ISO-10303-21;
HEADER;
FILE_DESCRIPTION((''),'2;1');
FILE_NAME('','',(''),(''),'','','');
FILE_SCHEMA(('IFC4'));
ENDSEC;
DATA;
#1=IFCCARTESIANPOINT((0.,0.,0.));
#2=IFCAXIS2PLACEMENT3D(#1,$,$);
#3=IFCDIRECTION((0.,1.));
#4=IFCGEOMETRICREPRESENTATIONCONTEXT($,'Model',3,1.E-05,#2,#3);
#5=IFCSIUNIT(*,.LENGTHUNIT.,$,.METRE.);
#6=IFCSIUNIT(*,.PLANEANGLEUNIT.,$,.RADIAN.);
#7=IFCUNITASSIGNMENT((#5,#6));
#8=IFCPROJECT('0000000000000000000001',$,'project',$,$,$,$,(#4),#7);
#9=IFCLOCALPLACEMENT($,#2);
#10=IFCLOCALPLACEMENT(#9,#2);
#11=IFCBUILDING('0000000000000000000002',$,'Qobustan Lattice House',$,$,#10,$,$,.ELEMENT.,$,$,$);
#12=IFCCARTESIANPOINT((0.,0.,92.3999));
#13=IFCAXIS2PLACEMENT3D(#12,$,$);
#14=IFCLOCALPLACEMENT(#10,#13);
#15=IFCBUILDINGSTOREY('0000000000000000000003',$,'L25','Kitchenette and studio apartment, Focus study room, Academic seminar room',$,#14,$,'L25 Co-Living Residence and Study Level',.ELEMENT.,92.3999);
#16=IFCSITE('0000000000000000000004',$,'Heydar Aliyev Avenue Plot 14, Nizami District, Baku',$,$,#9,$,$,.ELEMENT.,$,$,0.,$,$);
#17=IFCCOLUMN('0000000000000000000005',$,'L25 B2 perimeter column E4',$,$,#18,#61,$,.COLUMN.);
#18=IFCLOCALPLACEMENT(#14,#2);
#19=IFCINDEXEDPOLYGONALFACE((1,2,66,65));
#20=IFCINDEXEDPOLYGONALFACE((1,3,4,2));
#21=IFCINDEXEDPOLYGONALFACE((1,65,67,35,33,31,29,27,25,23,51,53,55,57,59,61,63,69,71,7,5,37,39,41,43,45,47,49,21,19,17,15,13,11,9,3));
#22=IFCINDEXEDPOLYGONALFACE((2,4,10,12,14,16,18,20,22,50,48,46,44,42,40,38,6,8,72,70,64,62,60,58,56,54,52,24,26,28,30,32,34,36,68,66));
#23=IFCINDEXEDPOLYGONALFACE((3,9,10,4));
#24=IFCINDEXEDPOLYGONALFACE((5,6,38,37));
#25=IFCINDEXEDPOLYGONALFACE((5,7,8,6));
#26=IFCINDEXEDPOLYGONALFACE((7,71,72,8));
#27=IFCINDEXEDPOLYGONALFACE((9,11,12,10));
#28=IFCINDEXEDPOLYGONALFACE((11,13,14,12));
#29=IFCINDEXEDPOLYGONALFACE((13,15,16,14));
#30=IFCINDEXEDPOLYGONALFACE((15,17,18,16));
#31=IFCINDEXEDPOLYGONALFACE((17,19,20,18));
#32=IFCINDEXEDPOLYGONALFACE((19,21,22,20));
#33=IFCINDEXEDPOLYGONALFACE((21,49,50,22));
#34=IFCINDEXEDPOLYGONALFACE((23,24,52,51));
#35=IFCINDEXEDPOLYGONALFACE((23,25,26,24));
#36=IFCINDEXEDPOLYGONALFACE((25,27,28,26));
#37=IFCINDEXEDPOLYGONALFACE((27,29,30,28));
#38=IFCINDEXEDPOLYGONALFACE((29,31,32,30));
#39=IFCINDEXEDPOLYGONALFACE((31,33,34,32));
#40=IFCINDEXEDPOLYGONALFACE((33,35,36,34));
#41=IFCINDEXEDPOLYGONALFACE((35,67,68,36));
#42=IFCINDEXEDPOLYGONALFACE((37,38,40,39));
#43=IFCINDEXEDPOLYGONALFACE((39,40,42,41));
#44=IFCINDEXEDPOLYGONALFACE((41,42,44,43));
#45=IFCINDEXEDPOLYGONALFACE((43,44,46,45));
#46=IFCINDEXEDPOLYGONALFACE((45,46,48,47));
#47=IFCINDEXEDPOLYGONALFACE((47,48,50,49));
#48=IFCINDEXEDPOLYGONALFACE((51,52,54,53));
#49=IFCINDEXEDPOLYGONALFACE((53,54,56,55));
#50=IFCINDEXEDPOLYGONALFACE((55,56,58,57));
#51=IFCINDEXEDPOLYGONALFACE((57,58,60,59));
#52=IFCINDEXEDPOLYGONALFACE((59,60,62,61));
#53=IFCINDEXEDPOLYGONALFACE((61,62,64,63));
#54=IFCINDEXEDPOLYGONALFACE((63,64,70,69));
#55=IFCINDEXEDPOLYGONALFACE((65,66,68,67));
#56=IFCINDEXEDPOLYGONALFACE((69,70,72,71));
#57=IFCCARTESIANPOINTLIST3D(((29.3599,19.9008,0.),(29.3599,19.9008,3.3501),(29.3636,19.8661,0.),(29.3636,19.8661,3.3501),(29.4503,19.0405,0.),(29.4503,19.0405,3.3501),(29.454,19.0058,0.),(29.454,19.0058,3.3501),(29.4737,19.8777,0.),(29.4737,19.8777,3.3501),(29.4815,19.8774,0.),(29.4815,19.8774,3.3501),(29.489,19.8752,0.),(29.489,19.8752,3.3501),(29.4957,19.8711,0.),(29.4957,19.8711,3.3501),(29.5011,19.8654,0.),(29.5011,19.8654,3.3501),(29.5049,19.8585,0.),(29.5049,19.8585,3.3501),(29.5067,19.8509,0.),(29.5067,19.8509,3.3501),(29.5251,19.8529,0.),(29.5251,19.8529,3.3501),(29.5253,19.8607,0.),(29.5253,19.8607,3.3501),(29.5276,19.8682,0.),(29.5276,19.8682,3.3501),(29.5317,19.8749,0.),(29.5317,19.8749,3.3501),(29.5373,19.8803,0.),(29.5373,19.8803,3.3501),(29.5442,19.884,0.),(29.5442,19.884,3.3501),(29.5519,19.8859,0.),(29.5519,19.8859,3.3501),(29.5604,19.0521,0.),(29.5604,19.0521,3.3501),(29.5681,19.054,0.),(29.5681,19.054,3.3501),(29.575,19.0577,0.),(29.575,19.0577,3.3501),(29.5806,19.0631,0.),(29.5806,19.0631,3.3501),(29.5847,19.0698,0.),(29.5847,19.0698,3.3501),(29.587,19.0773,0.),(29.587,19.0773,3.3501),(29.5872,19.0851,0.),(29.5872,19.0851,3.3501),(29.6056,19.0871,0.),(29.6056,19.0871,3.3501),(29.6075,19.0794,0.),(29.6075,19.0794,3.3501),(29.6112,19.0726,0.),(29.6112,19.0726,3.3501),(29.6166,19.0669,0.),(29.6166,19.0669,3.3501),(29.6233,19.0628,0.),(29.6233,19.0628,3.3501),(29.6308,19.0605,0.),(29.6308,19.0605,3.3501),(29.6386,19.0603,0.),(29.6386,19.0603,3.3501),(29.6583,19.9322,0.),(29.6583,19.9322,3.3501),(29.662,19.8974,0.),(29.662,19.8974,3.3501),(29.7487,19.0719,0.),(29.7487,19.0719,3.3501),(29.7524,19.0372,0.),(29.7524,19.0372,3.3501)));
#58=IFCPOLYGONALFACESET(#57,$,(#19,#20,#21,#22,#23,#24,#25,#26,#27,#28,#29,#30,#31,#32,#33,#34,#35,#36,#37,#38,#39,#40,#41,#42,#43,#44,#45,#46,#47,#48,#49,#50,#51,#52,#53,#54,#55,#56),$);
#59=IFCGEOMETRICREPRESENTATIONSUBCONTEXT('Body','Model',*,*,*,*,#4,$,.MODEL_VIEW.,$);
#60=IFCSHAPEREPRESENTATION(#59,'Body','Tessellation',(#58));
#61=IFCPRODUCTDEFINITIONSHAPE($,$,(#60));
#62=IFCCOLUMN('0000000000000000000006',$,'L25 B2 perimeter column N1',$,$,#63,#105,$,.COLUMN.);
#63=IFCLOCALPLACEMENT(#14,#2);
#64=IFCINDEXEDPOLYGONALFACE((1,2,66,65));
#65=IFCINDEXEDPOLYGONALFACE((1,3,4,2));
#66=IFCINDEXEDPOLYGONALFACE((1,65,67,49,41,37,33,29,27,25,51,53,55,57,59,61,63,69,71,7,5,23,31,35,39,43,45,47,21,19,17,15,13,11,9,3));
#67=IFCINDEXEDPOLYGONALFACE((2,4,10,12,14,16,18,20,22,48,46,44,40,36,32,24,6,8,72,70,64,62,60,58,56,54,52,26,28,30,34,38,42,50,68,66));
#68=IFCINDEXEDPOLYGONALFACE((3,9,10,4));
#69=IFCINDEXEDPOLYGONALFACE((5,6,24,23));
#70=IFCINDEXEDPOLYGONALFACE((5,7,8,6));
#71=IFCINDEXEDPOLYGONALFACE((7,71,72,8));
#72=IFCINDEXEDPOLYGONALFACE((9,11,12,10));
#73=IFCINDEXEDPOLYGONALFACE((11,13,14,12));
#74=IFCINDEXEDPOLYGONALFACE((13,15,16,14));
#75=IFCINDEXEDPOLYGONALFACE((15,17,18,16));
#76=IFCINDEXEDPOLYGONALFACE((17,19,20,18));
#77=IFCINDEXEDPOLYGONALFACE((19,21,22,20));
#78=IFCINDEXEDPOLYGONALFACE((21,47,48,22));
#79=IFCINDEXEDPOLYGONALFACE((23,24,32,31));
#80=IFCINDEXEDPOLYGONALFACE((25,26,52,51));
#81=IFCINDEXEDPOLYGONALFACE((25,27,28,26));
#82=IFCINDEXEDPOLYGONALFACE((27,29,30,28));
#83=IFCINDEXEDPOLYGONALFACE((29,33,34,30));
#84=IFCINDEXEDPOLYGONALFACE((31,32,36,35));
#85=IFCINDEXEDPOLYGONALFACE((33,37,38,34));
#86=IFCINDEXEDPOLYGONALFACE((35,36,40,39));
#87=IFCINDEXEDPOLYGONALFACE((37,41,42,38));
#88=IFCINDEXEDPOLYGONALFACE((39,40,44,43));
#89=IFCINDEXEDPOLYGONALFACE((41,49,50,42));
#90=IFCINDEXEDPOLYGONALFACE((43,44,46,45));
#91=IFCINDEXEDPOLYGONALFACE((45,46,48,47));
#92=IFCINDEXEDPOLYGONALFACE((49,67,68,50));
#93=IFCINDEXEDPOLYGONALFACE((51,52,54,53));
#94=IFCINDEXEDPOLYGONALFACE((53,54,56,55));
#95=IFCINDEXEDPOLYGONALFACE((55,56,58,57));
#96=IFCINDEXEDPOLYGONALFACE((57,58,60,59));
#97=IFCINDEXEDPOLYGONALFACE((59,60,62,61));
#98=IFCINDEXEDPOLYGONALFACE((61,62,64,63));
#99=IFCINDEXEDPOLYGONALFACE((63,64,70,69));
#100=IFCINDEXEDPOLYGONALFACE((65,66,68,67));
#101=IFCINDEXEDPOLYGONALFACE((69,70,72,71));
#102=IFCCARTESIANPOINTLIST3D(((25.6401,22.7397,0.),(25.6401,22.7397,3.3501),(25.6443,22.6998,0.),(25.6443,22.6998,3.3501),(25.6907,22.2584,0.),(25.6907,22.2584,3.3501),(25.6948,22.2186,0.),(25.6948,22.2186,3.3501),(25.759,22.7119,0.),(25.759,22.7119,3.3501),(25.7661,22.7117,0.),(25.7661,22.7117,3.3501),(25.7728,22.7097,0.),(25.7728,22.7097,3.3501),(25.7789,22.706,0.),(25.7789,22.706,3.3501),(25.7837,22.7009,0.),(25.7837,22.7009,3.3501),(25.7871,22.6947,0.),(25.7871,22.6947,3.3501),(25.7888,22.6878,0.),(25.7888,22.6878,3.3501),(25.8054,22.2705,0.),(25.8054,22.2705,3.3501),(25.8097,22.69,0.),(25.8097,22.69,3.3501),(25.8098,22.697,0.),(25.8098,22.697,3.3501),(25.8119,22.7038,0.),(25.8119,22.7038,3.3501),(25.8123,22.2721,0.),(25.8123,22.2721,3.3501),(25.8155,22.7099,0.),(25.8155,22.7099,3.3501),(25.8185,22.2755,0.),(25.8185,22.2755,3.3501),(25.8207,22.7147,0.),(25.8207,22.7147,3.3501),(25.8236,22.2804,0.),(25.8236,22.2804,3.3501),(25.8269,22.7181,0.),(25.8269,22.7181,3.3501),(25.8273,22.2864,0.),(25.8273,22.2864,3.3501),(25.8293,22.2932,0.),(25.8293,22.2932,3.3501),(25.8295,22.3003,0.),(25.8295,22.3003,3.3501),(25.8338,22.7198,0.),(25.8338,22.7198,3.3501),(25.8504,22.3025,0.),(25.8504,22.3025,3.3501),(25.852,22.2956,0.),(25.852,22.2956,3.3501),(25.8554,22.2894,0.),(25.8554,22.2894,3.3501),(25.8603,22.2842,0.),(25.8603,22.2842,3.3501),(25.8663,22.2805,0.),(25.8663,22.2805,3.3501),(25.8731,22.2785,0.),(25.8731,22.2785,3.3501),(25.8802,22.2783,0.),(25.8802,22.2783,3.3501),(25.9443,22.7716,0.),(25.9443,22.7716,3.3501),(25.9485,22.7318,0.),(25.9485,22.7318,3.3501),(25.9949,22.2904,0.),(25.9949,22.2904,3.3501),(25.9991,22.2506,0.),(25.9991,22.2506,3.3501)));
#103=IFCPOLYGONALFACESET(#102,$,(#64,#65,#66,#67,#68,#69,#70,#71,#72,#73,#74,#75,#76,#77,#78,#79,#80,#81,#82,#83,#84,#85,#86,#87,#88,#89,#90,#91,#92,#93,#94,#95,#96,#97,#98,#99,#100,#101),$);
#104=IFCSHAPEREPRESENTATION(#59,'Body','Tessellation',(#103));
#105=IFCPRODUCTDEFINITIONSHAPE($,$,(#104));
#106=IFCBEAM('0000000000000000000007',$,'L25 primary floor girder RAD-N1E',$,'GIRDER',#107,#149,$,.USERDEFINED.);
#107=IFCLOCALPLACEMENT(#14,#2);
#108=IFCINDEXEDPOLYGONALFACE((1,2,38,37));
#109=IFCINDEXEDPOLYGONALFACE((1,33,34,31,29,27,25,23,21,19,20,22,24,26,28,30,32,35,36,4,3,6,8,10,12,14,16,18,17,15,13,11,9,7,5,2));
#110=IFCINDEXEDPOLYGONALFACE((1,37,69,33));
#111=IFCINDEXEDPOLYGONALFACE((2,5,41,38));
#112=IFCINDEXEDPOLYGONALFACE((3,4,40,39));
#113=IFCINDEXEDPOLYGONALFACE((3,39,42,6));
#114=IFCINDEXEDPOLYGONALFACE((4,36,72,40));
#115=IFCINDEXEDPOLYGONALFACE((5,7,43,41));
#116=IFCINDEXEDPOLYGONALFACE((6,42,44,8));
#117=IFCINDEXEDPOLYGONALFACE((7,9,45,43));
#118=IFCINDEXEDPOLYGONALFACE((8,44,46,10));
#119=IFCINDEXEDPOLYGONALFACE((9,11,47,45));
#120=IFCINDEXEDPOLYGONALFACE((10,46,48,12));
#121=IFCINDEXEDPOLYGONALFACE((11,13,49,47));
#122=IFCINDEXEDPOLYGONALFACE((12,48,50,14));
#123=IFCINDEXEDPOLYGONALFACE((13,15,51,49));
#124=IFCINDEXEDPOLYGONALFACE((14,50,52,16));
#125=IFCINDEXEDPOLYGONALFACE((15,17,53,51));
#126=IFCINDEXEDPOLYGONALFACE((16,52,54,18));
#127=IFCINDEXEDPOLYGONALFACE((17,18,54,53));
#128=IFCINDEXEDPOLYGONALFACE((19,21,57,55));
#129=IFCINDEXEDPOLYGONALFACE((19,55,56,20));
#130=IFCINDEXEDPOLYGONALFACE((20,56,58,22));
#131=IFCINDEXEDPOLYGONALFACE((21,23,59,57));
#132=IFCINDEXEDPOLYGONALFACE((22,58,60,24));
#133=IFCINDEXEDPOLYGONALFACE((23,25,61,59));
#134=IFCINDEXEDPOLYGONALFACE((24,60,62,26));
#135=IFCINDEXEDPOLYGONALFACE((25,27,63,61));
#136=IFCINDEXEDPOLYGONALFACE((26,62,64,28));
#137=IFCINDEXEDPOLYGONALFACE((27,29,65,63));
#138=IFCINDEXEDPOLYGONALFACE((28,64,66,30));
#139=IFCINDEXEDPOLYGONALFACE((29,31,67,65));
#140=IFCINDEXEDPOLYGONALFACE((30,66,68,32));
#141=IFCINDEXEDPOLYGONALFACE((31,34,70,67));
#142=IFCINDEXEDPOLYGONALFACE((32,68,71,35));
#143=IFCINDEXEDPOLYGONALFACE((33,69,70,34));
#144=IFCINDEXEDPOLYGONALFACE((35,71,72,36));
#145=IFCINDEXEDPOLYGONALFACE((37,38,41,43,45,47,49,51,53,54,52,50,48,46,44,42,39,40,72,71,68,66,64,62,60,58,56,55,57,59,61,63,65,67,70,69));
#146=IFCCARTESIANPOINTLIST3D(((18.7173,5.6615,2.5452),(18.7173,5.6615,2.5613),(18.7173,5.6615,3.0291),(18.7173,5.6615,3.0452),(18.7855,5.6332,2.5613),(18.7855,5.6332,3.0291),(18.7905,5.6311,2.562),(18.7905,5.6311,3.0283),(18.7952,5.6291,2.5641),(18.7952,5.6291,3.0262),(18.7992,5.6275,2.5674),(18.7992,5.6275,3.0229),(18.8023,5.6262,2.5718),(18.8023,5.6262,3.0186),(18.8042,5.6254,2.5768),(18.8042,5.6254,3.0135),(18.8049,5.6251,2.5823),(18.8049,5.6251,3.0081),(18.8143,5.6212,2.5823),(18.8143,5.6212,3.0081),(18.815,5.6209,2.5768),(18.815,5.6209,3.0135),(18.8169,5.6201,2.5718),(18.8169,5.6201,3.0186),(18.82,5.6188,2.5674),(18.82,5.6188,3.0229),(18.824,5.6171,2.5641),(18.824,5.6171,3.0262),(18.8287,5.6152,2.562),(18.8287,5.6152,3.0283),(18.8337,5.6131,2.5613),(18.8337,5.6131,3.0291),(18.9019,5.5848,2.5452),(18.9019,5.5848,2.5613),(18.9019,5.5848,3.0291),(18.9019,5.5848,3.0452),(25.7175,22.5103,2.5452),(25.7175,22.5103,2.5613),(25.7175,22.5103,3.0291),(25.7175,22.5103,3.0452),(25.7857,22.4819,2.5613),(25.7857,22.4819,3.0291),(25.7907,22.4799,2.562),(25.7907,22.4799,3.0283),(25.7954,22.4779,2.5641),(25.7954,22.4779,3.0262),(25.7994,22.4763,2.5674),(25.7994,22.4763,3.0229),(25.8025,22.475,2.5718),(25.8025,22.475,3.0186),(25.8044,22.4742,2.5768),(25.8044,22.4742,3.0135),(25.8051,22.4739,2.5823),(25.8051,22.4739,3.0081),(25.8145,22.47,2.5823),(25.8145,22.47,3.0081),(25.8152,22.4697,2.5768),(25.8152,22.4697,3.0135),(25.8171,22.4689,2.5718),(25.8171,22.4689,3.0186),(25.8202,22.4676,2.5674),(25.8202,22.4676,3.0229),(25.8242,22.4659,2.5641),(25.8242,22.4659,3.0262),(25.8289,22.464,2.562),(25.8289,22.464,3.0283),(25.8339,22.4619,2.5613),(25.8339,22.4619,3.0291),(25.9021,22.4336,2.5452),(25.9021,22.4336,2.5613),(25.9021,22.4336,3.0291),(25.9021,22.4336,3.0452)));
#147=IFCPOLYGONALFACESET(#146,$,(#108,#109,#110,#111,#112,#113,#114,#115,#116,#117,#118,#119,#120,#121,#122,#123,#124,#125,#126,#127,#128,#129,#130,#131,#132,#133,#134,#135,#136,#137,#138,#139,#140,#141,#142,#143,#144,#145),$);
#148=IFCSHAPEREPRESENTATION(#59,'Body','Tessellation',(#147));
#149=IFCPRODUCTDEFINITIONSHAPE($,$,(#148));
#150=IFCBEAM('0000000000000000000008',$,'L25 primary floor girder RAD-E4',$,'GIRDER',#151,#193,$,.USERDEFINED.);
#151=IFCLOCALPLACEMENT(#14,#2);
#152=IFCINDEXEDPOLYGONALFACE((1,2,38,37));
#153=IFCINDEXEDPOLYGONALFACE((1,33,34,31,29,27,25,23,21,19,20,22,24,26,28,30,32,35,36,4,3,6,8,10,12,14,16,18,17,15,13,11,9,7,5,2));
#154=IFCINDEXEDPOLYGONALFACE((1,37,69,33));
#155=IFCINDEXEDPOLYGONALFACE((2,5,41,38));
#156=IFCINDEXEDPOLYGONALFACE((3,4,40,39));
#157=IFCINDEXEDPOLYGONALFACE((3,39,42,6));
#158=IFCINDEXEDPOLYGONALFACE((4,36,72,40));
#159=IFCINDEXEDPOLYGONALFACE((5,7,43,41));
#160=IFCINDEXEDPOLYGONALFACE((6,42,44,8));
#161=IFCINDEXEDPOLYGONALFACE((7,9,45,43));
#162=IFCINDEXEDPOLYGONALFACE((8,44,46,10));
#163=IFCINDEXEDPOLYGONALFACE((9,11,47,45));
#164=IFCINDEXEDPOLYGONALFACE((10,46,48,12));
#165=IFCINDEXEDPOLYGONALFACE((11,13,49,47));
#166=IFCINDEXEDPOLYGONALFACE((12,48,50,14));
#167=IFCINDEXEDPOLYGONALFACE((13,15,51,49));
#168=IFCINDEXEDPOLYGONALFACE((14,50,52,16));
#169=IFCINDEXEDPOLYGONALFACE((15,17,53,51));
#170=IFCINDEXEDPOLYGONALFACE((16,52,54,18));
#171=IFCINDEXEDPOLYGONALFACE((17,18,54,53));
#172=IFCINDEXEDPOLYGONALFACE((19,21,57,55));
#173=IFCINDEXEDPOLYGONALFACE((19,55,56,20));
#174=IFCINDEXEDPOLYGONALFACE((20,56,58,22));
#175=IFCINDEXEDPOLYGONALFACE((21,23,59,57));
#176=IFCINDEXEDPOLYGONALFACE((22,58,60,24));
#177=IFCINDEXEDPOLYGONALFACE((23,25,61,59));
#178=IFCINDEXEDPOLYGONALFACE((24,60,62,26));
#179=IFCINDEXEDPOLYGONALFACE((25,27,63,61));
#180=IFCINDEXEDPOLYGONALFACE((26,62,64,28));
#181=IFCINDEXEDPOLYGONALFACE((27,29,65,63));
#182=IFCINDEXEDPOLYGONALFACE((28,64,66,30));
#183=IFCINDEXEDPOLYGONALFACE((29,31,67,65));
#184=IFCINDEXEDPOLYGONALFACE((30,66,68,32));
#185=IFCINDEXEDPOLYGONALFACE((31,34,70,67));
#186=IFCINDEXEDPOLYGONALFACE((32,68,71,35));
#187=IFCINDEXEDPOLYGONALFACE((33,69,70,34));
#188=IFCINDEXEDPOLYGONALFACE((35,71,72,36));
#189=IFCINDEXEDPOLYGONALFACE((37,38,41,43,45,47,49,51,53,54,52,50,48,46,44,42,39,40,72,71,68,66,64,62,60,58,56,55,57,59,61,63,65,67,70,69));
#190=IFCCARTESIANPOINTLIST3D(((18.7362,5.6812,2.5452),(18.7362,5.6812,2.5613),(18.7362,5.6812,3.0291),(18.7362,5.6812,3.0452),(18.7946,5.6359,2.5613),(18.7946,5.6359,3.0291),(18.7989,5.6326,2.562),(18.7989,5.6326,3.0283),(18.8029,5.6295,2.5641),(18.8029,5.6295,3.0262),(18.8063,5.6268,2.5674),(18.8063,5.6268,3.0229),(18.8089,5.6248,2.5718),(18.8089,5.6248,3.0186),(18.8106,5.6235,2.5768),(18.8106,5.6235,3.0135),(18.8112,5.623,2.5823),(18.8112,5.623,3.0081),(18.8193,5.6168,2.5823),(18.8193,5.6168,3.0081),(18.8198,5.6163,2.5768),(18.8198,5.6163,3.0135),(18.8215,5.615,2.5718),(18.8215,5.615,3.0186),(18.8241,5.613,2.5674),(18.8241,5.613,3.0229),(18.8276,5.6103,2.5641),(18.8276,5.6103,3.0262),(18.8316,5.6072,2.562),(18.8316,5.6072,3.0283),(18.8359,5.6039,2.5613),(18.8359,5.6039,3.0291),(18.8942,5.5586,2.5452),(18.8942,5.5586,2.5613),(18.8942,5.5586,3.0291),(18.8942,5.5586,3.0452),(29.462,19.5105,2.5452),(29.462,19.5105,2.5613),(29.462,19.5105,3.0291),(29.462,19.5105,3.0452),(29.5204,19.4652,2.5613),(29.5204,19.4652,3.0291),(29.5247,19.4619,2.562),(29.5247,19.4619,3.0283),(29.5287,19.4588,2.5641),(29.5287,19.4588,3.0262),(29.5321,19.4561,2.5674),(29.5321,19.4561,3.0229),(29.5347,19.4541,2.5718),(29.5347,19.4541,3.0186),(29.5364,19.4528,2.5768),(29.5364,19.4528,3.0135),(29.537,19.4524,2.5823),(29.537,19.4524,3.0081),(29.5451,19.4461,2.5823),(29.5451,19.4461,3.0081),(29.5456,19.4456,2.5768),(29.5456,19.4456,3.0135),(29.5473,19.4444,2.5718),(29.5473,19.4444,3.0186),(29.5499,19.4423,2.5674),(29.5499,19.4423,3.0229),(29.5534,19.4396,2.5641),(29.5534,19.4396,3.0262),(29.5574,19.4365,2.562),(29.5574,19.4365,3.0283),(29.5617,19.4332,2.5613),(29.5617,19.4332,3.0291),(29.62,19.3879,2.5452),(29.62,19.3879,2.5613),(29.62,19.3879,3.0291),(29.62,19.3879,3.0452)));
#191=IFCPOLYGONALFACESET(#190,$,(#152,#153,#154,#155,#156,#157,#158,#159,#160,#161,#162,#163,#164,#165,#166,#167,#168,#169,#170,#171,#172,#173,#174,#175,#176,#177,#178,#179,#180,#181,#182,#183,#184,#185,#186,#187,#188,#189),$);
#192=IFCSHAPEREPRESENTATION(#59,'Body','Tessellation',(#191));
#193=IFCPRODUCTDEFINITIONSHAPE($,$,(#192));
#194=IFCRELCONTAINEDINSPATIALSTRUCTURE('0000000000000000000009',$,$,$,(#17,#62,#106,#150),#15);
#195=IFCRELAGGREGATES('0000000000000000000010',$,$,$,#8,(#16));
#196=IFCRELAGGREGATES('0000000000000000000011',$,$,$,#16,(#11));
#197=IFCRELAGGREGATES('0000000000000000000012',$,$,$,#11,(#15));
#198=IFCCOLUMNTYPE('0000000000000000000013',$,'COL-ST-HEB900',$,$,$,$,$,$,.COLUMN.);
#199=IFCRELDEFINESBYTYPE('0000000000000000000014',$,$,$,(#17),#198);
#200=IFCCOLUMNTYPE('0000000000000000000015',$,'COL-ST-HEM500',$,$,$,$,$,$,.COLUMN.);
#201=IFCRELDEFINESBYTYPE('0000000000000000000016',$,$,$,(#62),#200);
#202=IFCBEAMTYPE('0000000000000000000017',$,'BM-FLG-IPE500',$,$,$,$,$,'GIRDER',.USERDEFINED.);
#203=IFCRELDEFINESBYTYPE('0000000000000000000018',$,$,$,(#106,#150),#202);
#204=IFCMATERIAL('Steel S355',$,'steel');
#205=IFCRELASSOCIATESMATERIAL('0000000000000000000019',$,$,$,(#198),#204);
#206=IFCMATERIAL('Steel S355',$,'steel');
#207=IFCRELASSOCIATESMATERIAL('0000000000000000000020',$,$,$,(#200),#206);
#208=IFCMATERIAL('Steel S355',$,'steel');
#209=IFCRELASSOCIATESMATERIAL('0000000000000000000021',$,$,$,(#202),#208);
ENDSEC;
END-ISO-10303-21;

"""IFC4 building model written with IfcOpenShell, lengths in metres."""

from ifc_helpers import new_model, si_unit, direction, frame, origin, origin_2d, place, context, subcontext, project, spatial, i_section, extrude, material, material_profile, profile_set, type_object, element, save


model = new_model("IFC4")

# Units and contexts
model_context = context("Model", 3, precision=1e-05, world=origin(), true_north=direction((0.0, 1.0)))
body_context = subcontext(model_context, "Body", "Model", "MODEL_VIEW")
ifc_project = project(units=[si_unit("LENGTHUNIT", "METRE"), si_unit("PLANEANGLEUNIT", "RADIAN")], contexts=[model_context])

# Site, building, storey
site_placement = place(None, origin())
site = spatial("IfcSite", under=ifc_project, at=site_placement, Name="Heydar Aliyev Avenue Plot 14, Nizami District, Baku", CompositionType="ELEMENT", RefElevation=0.0)
building_placement = place(site_placement, origin())
building = spatial("IfcBuilding", under=site, at=building_placement, Name="Qobustan Lattice House", CompositionType="ELEMENT")
storey_placement = place(building_placement, frame((0.0, 0.0, 92.3999)))
storey = spatial("IfcBuildingStorey", under=building, at=storey_placement, Name="L25", Description="Kitchenette and studio apartment, Focus study room, Academic seminar room", LongName="L25 Co-Living Residence and Study Level", CompositionType="ELEMENT", Elevation=92.3999)

# Columns
ifc_material_1 = material(Name="Steel S355", Category="steel")
ifc_material_profile_1 = material_profile(ifc_material_1, i_section(OverallWidth=0.3, OverallDepth=0.8999, WebThickness=0.0186, FlangeThickness=0.0349, FilletRadius=0.03, at=origin_2d()), Name="HEB900")
ifc_profile_set_1 = profile_set([ifc_material_profile_1], Name="Steel S355")
column_type_1 = type_object("IfcColumnType", Name="COL-ST-HEB900", PredefinedType="COLUMN", material=ifc_profile_set_1)
column_1_placement = place(storey_placement, frame((29.5562, 19.469, 0.0), z_axis=(0.0, 0.0, 1.0), x_axis=(0.994522, 0.104528, 0.0)))
element("IfcColumn", 1, at=column_1_placement, inside=storey, type_object=column_type_1, Name="L25 B2 perimeter column E4", PredefinedType="COLUMN", context=body_context, shape_type="SweptSolid", body=[
    extrude(i_section(OverallWidth=0.3, OverallDepth=0.8999, WebThickness=0.0186, FlangeThickness=0.0349, FilletRadius=0.03, at=origin_2d()), origin(), (0.0, 0.0, 1.0), 3.3501),
])
ifc_material_2 = material(Name="Steel S355", Category="steel")
ifc_material_profile_2 = material_profile(ifc_material_2, i_section(OverallWidth=0.3059, OverallDepth=0.5239, WebThickness=0.021, FlangeThickness=0.04, FilletRadius=0.0271, at=origin_2d()), Name="HEM500")
ifc_profile_set_2 = profile_set([ifc_material_profile_2], Name="Steel S355")
column_type_2 = type_object("IfcColumnType", Name="COL-ST-HEM500", PredefinedType="COLUMN", material=ifc_profile_set_2)
column_2_placement = place(storey_placement, frame((25.8196, 22.4951, 0.0), z_axis=(0.0, 0.0, 1.0), x_axis=(0.994522, 0.104528, 0.0)))
element("IfcColumn", 2, at=column_2_placement, inside=storey, type_object=column_type_2, Name="L25 B2 perimeter column N1", PredefinedType="COLUMN", context=body_context, shape_type="SweptSolid", body=[
    extrude(i_section(OverallWidth=0.3059, OverallDepth=0.5239, WebThickness=0.021, FlangeThickness=0.04, FilletRadius=0.0271, at=origin_2d()), origin(), (0.0, 0.0, 1.0), 3.3501),
])

# Beams
ifc_material_3 = material(Name="Steel S355", Category="steel")
ifc_material_profile_3 = material_profile(ifc_material_3, i_section(OverallWidth=0.2, OverallDepth=0.5, WebThickness=0.0103, FlangeThickness=0.0161, FilletRadius=0.021, at=origin_2d()), Name="IPE500")
ifc_profile_set_3 = profile_set([ifc_material_profile_3], Name="Steel S355")
beam_type_1 = type_object("IfcBeamType", Name="BM-FLG-IPE500", ElementType="GIRDER", PredefinedType="USERDEFINED", material=ifc_profile_set_3)
beam_1_placement = place(storey_placement, frame((25.8098, 22.4719, 2.7952), z_axis=(-0.383676, -0.923468, 0.0), x_axis=(0.923468, -0.383676, 0.0)))
element("IfcBeam", 3, at=beam_1_placement, inside=storey, type_object=beam_type_1, Name="L25 primary floor girder RAD-N1E", ObjectType="GIRDER", PredefinedType="USERDEFINED", context=body_context, shape_type="SweptSolid", body=[
    extrude(i_section(OverallWidth=0.2, OverallDepth=0.5, WebThickness=0.0103, FlangeThickness=0.0161, FilletRadius=0.021, at=origin_2d()), origin(), (0.0, 0.0, 1.0), 18.2451),
])
beam_2_placement = place(storey_placement, frame((29.541, 19.4492, 2.7952), z_axis=(-0.61286, -0.790191, 0.0), x_axis=(0.790191, -0.61286, 0.0)))
element("IfcBeam", 4, at=beam_2_placement, inside=storey, type_object=beam_type_1, Name="L25 primary floor girder RAD-E4", ObjectType="GIRDER", PredefinedType="USERDEFINED", context=body_context, shape_type="SweptSolid", body=[
    extrude(i_section(OverallWidth=0.2, OverallDepth=0.5, WebThickness=0.0103, FlangeThickness=0.0161, FilletRadius=0.021, at=origin_2d()), origin(), (0.0, 0.0, 1.0), 17.5012),
])

save(model, "model.ifc")
